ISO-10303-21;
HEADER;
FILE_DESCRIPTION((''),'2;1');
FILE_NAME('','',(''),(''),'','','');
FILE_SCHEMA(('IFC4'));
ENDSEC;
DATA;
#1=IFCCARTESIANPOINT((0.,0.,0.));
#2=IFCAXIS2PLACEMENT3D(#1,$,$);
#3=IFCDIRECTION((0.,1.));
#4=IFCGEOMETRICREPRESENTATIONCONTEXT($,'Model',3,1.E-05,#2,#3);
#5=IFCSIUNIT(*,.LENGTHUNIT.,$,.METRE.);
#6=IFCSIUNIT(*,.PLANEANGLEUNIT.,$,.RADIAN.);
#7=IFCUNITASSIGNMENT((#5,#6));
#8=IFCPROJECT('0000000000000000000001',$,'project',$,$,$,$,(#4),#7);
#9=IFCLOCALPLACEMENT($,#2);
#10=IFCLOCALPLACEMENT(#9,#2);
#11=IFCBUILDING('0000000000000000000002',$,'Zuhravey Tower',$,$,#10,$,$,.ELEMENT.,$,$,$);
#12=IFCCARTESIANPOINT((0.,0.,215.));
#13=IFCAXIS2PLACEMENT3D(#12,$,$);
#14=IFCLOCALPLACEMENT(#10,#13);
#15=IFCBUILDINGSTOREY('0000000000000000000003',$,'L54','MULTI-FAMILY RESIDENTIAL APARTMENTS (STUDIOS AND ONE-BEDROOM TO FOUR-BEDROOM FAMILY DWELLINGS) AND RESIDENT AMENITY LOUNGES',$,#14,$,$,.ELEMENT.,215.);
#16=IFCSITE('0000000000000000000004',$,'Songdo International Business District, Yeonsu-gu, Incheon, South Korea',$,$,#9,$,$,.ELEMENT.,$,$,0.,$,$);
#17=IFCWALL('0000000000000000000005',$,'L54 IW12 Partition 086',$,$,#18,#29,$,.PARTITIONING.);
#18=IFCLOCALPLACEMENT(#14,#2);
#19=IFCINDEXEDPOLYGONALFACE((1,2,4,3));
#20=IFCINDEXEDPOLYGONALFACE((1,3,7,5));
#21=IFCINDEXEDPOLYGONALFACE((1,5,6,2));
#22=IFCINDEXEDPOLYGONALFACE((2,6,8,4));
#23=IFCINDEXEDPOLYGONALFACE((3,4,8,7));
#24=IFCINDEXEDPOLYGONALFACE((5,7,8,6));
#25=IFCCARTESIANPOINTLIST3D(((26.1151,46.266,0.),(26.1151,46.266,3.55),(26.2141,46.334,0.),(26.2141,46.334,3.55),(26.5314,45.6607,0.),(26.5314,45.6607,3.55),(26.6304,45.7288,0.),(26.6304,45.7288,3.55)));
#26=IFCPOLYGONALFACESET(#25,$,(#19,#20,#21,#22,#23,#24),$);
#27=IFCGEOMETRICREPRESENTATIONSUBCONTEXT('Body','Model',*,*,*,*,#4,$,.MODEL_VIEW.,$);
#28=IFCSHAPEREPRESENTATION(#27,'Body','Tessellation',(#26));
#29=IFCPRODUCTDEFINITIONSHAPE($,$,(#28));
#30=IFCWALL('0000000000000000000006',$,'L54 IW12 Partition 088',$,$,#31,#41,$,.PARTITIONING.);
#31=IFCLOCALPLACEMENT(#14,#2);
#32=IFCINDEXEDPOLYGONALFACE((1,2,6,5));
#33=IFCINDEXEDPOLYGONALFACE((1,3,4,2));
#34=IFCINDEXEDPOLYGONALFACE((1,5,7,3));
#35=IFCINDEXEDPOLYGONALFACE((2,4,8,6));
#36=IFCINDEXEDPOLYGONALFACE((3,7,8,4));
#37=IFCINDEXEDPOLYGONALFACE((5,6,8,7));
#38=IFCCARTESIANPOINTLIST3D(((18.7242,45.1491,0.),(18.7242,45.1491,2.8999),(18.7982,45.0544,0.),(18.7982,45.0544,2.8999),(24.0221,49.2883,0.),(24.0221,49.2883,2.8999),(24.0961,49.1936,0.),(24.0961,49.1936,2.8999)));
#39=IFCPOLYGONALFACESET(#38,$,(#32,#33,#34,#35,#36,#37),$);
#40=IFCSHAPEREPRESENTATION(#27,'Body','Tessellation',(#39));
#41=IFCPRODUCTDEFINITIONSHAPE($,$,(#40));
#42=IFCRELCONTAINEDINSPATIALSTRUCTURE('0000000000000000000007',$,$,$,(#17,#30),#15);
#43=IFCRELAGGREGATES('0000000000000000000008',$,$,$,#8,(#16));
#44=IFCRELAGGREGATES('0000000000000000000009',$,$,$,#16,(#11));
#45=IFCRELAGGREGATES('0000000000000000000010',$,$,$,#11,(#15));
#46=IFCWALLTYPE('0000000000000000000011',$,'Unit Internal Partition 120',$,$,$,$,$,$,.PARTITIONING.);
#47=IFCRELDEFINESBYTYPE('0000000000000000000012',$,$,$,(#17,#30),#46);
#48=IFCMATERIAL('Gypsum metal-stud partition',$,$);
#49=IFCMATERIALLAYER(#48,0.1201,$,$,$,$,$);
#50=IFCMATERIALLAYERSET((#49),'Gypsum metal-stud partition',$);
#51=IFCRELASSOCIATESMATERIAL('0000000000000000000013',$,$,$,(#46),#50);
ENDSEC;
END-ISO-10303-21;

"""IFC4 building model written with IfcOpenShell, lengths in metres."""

from ifc_helpers import new_model, si_unit, direction, frame, frame_2d, origin, place, context, subcontext, project, spatial, rectangle, extrude, material, layer, layer_set, type_object, element, save


model = new_model("IFC4")

# Units and contexts
model_context = context("Model", 3, precision=1e-05, world=origin(), true_north=direction((0.0, 1.0)))
body_context = subcontext(model_context, "Body", "Model", "MODEL_VIEW")
ifc_project = project(units=[si_unit("LENGTHUNIT", "METRE"), si_unit("PLANEANGLEUNIT", "RADIAN")], contexts=[model_context])

# Site, building, storey
site_placement = place(None, origin())
site = spatial("IfcSite", under=ifc_project, at=site_placement, Name="Songdo International Business District, Yeonsu-gu, Incheon, South Korea", CompositionType="ELEMENT", RefElevation=0.0)
building_placement = place(site_placement, origin())
building = spatial("IfcBuilding", under=site, at=building_placement, Name="Zuhravey Tower", CompositionType="ELEMENT")
storey_placement = place(building_placement, frame((0.0, 0.0, 215.0)))
storey = spatial("IfcBuildingStorey", under=building, at=storey_placement, Name="L54", Description="MULTI-FAMILY RESIDENTIAL APARTMENTS (STUDIOS AND ONE-BEDROOM TO FOUR-BEDROOM FAMILY DWELLINGS) AND RESIDENT AMENITY LOUNGES", CompositionType="ELEMENT", Elevation=215.0)

# Shared definitions
ifc_material_1 = material(Name="Gypsum metal-stud partition")
ifc_layer_1 = layer(ifc_material_1, 0.1201)
ifc_layer_set_1 = layer_set([ifc_layer_1], Name="Gypsum metal-stud partition")
wall_type_1 = type_object("IfcWallType", Name="Unit Internal Partition 120", PredefinedType="PARTITIONING", material=ifc_layer_set_1)

# Walls
wall_1_placement = place(storey_placement, frame((26.5808, 45.6948, 0.0), z_axis=(0.0, 0.0, 1.0), x_axis=(-0.566684, 0.823935, 0.0)))
element("IfcWall", 1, at=wall_1_placement, inside=storey, type_object=wall_type_1, Name="L54 IW12 Partition 086", PredefinedType="PARTITIONING", context=body_context, shape_type="SweptSolid", body=[
    extrude(rectangle(XDim=0.7346, YDim=0.1201, at=frame_2d((0.3672, 0.0))), origin(), (0.0, 0.0, 1.0), 3.55),
])
wall_2_placement = place(storey_placement, frame((24.0591, 49.241, 0.0), z_axis=(0.0, 0.0, 1.0), x_axis=(-0.788009, -0.615664, 0.0)))
element("IfcWall", 2, at=wall_2_placement, inside=storey, type_object=wall_type_1, Name="L54 IW12 Partition 088", PredefinedType="PARTITIONING", context=body_context, shape_type="SweptSolid", body=[
    extrude(rectangle(XDim=6.7231, YDim=0.1201, at=frame_2d((3.3616, 0.0))), origin(), (0.0, 0.0, 1.0), 2.8999),
])

save(model, "model.ifc")
